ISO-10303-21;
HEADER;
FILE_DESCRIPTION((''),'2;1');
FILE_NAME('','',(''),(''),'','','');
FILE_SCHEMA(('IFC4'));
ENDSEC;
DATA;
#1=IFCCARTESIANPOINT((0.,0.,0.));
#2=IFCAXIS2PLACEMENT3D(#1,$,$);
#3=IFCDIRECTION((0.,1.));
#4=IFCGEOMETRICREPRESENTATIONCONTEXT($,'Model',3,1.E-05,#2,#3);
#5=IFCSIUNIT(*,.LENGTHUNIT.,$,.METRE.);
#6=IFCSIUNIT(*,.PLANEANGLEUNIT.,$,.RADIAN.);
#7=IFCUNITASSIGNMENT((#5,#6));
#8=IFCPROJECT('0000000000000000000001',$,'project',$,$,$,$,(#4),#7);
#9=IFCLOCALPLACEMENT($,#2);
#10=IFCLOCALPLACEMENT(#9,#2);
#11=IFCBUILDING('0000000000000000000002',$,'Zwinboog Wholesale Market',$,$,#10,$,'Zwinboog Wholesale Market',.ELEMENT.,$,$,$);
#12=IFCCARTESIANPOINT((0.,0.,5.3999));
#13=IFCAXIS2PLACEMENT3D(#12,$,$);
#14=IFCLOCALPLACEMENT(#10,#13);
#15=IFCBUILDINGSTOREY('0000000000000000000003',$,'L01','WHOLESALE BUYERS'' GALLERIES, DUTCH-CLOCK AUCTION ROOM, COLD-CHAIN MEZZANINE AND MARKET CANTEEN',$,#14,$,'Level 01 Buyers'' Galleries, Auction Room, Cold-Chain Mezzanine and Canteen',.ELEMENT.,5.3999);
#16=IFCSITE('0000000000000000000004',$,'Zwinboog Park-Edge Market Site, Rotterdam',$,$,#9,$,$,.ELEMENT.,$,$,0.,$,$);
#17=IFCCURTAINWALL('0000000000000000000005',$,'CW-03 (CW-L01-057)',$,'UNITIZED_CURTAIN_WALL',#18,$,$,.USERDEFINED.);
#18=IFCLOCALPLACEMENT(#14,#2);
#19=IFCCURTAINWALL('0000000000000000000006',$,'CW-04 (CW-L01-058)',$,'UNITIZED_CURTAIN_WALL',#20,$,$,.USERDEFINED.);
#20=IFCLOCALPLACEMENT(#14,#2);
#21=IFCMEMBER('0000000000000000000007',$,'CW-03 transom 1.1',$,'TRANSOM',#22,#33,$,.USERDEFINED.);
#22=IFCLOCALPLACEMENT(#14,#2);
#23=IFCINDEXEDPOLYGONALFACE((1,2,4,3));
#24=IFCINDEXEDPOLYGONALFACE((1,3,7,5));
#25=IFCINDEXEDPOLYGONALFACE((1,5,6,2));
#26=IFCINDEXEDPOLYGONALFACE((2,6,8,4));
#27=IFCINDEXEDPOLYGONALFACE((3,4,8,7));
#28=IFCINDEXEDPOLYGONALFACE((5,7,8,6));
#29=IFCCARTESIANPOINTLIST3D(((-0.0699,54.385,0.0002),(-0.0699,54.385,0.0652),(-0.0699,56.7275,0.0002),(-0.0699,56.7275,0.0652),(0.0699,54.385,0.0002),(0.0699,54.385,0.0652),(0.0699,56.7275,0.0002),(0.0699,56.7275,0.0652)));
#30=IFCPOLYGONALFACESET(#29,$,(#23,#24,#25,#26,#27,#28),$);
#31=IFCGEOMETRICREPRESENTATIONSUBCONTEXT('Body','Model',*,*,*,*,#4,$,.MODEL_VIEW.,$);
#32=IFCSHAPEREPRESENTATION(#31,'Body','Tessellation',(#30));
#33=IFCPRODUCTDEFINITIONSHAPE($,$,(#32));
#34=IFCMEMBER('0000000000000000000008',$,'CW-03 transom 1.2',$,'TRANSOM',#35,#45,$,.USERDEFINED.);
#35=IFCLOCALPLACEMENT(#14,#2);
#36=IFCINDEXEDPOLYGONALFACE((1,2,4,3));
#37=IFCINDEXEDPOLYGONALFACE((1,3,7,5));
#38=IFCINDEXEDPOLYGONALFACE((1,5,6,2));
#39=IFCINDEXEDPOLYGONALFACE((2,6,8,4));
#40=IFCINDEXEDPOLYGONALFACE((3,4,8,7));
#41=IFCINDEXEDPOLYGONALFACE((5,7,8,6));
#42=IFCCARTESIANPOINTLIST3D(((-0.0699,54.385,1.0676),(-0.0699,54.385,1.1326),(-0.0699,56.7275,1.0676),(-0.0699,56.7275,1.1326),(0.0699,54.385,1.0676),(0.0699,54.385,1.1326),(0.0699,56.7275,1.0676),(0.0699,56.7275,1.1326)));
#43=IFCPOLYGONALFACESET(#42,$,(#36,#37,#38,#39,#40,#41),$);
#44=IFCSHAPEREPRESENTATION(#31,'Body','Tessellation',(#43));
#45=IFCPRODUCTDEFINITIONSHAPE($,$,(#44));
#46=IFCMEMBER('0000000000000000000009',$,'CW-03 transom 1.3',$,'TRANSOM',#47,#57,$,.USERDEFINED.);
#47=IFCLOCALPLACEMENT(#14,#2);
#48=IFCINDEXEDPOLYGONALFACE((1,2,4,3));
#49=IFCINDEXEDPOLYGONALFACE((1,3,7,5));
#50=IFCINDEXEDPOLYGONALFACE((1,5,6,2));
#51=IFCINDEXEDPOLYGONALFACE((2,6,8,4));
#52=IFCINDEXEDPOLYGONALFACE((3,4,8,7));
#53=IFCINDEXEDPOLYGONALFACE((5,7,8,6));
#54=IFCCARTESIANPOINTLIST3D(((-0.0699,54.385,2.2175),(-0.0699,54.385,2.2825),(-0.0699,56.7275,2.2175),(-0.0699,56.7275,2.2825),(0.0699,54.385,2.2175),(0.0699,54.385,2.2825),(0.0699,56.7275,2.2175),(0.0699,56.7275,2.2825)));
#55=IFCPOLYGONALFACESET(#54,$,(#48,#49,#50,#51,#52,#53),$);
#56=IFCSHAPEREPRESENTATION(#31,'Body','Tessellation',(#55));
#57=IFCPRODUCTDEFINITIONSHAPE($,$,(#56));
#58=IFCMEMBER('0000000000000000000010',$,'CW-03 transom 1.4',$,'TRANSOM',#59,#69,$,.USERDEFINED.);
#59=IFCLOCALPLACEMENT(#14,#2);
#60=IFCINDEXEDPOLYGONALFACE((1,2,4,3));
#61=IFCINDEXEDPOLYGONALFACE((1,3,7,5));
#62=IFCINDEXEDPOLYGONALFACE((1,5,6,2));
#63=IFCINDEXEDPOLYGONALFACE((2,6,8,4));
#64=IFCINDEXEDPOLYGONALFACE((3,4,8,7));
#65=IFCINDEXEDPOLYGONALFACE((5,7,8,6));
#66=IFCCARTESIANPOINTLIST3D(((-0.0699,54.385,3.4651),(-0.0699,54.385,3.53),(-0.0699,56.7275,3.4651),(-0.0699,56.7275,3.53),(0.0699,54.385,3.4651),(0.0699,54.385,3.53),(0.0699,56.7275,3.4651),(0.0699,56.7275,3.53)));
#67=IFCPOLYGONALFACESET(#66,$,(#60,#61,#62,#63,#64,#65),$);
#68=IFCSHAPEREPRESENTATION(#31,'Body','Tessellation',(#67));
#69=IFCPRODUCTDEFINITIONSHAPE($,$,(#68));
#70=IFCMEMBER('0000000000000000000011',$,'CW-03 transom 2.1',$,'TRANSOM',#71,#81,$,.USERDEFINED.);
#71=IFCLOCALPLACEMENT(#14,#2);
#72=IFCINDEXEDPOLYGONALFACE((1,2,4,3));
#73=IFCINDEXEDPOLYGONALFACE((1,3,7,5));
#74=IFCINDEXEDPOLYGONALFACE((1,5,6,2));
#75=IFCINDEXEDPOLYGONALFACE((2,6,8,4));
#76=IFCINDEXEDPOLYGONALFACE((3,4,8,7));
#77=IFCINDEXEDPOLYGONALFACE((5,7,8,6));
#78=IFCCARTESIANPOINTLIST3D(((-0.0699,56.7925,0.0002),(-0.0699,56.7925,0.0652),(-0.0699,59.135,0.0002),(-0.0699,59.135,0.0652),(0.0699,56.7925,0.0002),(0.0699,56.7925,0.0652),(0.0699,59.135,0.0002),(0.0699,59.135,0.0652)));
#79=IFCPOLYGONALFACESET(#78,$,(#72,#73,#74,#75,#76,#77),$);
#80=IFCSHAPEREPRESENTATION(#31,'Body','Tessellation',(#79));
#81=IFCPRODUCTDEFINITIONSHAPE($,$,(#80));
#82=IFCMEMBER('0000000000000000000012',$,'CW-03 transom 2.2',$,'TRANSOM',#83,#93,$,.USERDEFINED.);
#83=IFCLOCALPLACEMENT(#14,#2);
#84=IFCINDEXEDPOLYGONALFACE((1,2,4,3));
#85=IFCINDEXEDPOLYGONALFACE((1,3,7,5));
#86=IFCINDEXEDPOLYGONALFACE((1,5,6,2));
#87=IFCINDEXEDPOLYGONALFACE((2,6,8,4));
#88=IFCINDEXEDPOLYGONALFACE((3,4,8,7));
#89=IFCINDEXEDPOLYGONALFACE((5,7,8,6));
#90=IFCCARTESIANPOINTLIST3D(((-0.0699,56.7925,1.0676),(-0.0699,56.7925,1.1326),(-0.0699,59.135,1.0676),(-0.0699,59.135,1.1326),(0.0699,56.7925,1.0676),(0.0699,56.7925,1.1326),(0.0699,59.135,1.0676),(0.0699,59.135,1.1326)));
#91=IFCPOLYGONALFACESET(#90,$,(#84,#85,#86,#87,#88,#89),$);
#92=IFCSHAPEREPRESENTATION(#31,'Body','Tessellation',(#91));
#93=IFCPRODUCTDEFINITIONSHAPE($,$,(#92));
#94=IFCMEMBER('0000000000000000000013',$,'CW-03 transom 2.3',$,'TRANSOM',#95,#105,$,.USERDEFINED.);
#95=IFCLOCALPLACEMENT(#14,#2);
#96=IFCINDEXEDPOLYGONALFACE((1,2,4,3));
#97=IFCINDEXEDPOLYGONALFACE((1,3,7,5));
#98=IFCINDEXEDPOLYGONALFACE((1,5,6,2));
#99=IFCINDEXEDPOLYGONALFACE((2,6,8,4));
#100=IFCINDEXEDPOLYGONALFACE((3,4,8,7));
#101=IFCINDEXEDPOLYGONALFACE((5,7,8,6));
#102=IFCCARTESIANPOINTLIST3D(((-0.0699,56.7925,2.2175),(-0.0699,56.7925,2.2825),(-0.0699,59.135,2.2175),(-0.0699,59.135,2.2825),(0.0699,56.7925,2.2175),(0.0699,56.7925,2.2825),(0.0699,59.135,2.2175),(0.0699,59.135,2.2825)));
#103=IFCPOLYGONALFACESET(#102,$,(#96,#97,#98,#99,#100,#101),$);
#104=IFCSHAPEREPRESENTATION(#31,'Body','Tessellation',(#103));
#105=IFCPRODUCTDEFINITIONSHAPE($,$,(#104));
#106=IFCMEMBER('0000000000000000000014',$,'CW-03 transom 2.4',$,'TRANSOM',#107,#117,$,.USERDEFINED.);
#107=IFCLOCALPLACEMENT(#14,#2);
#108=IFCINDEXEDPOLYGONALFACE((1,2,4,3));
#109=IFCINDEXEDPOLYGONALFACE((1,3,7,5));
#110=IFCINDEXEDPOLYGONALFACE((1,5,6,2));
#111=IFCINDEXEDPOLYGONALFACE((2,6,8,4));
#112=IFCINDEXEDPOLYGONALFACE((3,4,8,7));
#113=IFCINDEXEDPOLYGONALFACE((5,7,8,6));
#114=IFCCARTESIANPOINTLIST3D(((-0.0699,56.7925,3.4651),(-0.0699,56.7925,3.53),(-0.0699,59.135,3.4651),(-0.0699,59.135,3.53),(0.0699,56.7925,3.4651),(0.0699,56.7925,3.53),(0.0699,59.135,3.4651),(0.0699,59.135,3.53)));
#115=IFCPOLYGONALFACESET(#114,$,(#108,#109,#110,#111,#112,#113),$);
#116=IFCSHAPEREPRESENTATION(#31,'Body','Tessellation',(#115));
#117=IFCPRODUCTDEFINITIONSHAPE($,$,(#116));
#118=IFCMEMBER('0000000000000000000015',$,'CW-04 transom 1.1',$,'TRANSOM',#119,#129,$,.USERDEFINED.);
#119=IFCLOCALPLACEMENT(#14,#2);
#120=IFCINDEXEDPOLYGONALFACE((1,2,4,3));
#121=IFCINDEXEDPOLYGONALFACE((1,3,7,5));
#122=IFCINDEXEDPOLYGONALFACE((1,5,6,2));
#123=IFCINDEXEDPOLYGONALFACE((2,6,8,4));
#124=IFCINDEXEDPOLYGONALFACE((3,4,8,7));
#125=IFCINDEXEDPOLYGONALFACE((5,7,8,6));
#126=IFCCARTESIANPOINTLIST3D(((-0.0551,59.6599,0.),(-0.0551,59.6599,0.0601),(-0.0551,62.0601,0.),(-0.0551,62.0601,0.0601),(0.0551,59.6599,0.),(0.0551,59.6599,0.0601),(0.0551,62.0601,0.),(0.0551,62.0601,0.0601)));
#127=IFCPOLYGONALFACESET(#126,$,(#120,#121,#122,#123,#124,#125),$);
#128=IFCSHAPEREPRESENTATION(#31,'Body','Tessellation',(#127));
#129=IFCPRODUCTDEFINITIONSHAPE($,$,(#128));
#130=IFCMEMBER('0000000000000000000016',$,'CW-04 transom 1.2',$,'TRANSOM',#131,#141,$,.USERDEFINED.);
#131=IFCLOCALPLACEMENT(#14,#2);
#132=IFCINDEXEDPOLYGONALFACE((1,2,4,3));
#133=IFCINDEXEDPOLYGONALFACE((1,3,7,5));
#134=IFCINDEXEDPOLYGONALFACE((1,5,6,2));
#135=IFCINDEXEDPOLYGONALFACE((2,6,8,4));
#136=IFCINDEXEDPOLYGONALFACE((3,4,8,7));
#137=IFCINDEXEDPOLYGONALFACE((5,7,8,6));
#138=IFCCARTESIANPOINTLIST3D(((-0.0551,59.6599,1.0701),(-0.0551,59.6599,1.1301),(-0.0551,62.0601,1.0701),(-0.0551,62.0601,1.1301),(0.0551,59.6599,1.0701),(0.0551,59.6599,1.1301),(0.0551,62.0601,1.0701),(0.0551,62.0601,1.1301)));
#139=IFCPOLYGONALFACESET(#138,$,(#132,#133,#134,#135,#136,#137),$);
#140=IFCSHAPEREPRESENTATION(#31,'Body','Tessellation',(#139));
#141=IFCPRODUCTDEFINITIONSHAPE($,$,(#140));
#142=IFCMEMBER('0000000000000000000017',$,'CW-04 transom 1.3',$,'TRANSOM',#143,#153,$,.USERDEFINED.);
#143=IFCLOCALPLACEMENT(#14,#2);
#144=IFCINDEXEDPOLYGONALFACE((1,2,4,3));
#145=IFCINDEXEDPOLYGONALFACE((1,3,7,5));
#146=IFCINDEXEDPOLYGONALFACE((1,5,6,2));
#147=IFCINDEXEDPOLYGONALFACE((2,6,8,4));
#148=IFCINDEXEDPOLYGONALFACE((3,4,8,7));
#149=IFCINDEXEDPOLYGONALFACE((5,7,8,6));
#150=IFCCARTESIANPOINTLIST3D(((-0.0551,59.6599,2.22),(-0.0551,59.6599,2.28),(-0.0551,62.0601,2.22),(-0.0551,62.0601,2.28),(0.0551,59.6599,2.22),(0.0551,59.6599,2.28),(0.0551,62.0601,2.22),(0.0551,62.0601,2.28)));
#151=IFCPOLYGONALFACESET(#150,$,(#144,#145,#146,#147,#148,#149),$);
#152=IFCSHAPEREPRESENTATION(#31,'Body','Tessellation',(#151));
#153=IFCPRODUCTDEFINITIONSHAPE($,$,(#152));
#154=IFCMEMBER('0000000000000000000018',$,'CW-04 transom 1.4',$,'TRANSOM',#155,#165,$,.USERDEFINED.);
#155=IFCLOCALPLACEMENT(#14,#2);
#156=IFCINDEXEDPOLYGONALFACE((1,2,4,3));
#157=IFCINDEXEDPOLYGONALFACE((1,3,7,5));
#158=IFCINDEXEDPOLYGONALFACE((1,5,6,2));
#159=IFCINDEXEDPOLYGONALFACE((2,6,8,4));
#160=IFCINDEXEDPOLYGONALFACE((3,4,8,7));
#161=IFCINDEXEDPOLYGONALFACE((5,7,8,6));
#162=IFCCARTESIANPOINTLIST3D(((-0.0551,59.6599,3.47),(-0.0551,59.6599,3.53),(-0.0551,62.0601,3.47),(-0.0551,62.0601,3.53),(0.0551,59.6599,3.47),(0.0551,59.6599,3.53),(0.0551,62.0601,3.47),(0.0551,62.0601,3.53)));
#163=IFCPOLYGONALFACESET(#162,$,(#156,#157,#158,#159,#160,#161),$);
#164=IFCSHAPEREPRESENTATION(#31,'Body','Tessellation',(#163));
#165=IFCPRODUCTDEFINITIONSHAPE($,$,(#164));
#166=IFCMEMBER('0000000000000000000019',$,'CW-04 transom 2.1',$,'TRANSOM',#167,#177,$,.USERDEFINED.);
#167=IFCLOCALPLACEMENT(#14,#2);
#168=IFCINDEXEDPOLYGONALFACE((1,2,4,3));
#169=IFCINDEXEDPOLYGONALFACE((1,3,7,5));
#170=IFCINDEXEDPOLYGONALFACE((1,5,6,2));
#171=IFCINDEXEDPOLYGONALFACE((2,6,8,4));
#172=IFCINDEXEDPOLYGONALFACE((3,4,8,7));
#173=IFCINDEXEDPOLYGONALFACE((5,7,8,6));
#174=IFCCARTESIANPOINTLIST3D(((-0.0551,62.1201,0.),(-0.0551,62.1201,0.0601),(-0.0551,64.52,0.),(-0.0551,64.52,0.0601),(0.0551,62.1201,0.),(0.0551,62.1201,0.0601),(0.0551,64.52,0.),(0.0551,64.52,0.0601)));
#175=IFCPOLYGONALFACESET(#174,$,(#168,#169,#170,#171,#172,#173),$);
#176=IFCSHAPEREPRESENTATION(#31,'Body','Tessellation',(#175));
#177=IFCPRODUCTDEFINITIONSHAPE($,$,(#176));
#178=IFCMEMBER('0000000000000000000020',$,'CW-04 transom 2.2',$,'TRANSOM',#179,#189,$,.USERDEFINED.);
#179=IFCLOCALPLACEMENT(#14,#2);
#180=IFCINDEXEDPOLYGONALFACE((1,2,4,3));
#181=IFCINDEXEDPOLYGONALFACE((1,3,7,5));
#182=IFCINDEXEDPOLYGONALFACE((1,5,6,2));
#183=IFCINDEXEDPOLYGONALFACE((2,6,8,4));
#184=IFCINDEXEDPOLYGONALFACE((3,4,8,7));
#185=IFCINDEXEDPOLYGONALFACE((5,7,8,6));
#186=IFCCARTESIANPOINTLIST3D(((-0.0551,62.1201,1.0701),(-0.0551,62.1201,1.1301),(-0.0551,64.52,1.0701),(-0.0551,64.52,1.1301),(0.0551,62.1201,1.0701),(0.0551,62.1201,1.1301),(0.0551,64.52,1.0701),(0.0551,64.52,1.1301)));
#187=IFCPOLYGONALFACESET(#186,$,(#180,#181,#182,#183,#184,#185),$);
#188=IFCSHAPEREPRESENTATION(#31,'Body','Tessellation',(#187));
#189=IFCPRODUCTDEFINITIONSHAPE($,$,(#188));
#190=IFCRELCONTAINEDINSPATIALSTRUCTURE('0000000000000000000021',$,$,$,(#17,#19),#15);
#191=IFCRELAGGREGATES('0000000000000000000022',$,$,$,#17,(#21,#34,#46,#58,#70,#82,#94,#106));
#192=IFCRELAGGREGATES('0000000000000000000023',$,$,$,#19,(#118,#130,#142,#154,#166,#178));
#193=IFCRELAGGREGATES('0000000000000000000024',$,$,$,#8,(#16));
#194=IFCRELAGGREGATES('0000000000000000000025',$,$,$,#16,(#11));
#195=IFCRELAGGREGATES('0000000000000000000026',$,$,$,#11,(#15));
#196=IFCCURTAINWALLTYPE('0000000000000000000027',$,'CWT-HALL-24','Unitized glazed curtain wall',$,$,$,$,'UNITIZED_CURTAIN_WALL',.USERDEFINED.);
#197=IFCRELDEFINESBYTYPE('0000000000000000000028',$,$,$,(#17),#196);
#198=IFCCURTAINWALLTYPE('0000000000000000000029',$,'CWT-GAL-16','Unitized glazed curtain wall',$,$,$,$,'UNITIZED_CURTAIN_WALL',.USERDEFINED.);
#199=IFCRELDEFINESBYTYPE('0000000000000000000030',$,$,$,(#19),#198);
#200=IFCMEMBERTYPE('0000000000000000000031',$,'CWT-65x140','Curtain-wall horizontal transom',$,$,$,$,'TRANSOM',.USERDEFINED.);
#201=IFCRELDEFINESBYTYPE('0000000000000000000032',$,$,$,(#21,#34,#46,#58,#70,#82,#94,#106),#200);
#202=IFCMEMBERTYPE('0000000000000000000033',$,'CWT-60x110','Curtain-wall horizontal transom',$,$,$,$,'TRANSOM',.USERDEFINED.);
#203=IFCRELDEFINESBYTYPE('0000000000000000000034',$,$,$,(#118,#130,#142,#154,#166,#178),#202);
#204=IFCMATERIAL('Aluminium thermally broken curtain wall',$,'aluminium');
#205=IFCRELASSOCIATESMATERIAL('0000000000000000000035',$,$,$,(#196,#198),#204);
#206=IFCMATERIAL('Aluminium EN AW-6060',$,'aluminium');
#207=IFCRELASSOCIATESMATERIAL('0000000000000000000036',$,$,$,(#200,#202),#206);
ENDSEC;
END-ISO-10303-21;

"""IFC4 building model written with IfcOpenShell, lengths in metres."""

from ifc_helpers import new_model, si_unit, direction, frame, origin, origin_2d, place, context, subcontext, project, spatial, rectangle, extrude, material, material_profile, profile_set, type_object, element, aggregate, save


model = new_model("IFC4")

# Units and contexts
model_context = context("Model", 3, precision=1e-05, world=origin(), true_north=direction((0.0, 1.0)))
body_context = subcontext(model_context, "Body", "Model", "MODEL_VIEW")
ifc_project = project(units=[si_unit("LENGTHUNIT", "METRE"), si_unit("PLANEANGLEUNIT", "RADIAN")], contexts=[model_context])

# Site, building, storey
site_placement = place(None, origin())
site = spatial("IfcSite", under=ifc_project, at=site_placement, Name="Zwinboog Park-Edge Market Site, Rotterdam", CompositionType="ELEMENT", RefElevation=0.0)
building_placement = place(site_placement, origin())
building = spatial("IfcBuilding", under=site, at=building_placement, Name="Zwinboog Wholesale Market", LongName="Zwinboog Wholesale Market", CompositionType="ELEMENT")
storey_placement = place(building_placement, frame((0.0, 0.0, 5.3999)))
storey = spatial("IfcBuildingStorey", under=building, at=storey_placement, Name="L01", Description="WHOLESALE BUYERS' GALLERIES, DUTCH-CLOCK AUCTION ROOM, COLD-CHAIN MEZZANINE AND MARKET CANTEEN", LongName="Level 01 Buyers' Galleries, Auction Room, Cold-Chain Mezzanine and Canteen", CompositionType="ELEMENT", Elevation=5.3999)

# Curtain walls
ifc_material_1 = material(Name="Aluminium thermally broken curtain wall", Category="aluminium")
curtain_wall_type_1 = type_object("IfcCurtainWallType", Name="CWT-HALL-24", Description="Unitized glazed curtain wall", ElementType="UNITIZED_CURTAIN_WALL", PredefinedType="USERDEFINED", material=ifc_material_1)
curtain_wall_1_placement = place(storey_placement, origin())
curtain_wall_1 = element("IfcCurtainWall", 1, at=curtain_wall_1_placement, inside=storey, type_object=curtain_wall_type_1, Name="CW-03 (CW-L01-057)", ObjectType="UNITIZED_CURTAIN_WALL", PredefinedType="USERDEFINED")
ifc_material_2 = material(Name="Aluminium EN AW-6060", Category="aluminium")
curtain_wall_type_2 = type_object("IfcCurtainWallType", Name="CWT-GAL-16", Description="Unitized glazed curtain wall", ElementType="UNITIZED_CURTAIN_WALL", PredefinedType="USERDEFINED", material=ifc_material_1)
curtain_wall_2_placement = place(storey_placement, origin())
curtain_wall_2 = element("IfcCurtainWall", 2, at=curtain_wall_2_placement, inside=storey, type_object=curtain_wall_type_2, Name="CW-04 (CW-L01-058)", ObjectType="UNITIZED_CURTAIN_WALL", PredefinedType="USERDEFINED")

# Members
ifc_material_profile_1 = material_profile(ifc_material_2, rectangle(XDim=0.1399, YDim=0.0649, at=origin_2d()), Name="AL 65x140")
ifc_profile_set_1 = profile_set([ifc_material_profile_1], Name="Aluminium EN AW-6060")
member_type_1 = type_object("IfcMemberType", Name="CWT-65x140", Description="Curtain-wall horizontal transom", ElementType="TRANSOM", PredefinedType="USERDEFINED", material=ifc_profile_set_1)
member_1_placement = place(storey_placement, frame((0.0, 54.385, 0.0327), z_axis=(0.0, 1.0, 0.0), x_axis=(-1.0, 0.0, 0.0)))
member_1 = element("IfcMember", 3, at=member_1_placement, type_object=member_type_1, Name="CW-03 transom 1.1", ObjectType="TRANSOM", PredefinedType="USERDEFINED", context=body_context, shape_type="SweptSolid", body=[
    extrude(rectangle(XDim=0.1399, YDim=0.0649, at=origin_2d()), origin(), (0.0, 0.0, 1.0), 2.3425),
])
member_2_placement = place(storey_placement, frame((0.0, 54.385, 1.1001), z_axis=(0.0, 1.0, 0.0), x_axis=(-1.0, 0.0, 0.0)))
member_2 = element("IfcMember", 4, at=member_2_placement, type_object=member_type_1, Name="CW-03 transom 1.2", ObjectType="TRANSOM", PredefinedType="USERDEFINED", context=body_context, shape_type="SweptSolid", body=[
    extrude(rectangle(XDim=0.1399, YDim=0.0649, at=origin_2d()), origin(), (0.0, 0.0, 1.0), 2.3425),
])
member_3_placement = place(storey_placement, frame((0.0, 54.385, 2.25), z_axis=(0.0, 1.0, 0.0), x_axis=(-1.0, 0.0, 0.0)))
member_3 = element("IfcMember", 5, at=member_3_placement, type_object=member_type_1, Name="CW-03 transom 1.3", ObjectType="TRANSOM", PredefinedType="USERDEFINED", context=body_context, shape_type="SweptSolid", body=[
    extrude(rectangle(XDim=0.1399, YDim=0.0649, at=origin_2d()), origin(), (0.0, 0.0, 1.0), 2.3425),
])
member_4_placement = place(storey_placement, frame((0.0, 54.385, 3.4976), z_axis=(0.0, 1.0, 0.0), x_axis=(-1.0, 0.0, 0.0)))
member_4 = element("IfcMember", 6, at=member_4_placement, type_object=member_type_1, Name="CW-03 transom 1.4", ObjectType="TRANSOM", PredefinedType="USERDEFINED", context=body_context, shape_type="SweptSolid", body=[
    extrude(rectangle(XDim=0.1399, YDim=0.0649, at=origin_2d()), origin(), (0.0, 0.0, 1.0), 2.3425),
])
member_5_placement = place(storey_placement, frame((0.0, 56.7925, 0.0327), z_axis=(0.0, 1.0, 0.0), x_axis=(-1.0, 0.0, 0.0)))
member_5 = element("IfcMember", 7, at=member_5_placement, type_object=member_type_1, Name="CW-03 transom 2.1", ObjectType="TRANSOM", PredefinedType="USERDEFINED", context=body_context, shape_type="SweptSolid", body=[
    extrude(rectangle(XDim=0.1399, YDim=0.0649, at=origin_2d()), origin(), (0.0, 0.0, 1.0), 2.3425),
])
member_6_placement = place(storey_placement, frame((0.0, 56.7925, 1.1001), z_axis=(0.0, 1.0, 0.0), x_axis=(-1.0, 0.0, 0.0)))
member_6 = element("IfcMember", 8, at=member_6_placement, type_object=member_type_1, Name="CW-03 transom 2.2", ObjectType="TRANSOM", PredefinedType="USERDEFINED", context=body_context, shape_type="SweptSolid", body=[
    extrude(rectangle(XDim=0.1399, YDim=0.0649, at=origin_2d()), origin(), (0.0, 0.0, 1.0), 2.3425),
])
member_7_placement = place(storey_placement, frame((0.0, 56.7925, 2.25), z_axis=(0.0, 1.0, 0.0), x_axis=(-1.0, 0.0, 0.0)))
member_7 = element("IfcMember", 9, at=member_7_placement, type_object=member_type_1, Name="CW-03 transom 2.3", ObjectType="TRANSOM", PredefinedType="USERDEFINED", context=body_context, shape_type="SweptSolid", body=[
    extrude(rectangle(XDim=0.1399, YDim=0.0649, at=origin_2d()), origin(), (0.0, 0.0, 1.0), 2.3425),
])
member_8_placement = place(storey_placement, frame((0.0, 56.7925, 3.4976), z_axis=(0.0, 1.0, 0.0), x_axis=(-1.0, 0.0, 0.0)))
member_8 = element("IfcMember", 10, at=member_8_placement, type_object=member_type_1, Name="CW-03 transom 2.4", ObjectType="TRANSOM", PredefinedType="USERDEFINED", context=body_context, shape_type="SweptSolid", body=[
    extrude(rectangle(XDim=0.1399, YDim=0.0649, at=origin_2d()), origin(), (0.0, 0.0, 1.0), 2.3425),
])
ifc_material_profile_2 = material_profile(ifc_material_2, rectangle(XDim=0.1101, YDim=0.0601, at=origin_2d()), Name="AL 60x110")
ifc_profile_set_2 = profile_set([ifc_material_profile_2], Name="Aluminium EN AW-6060")
member_type_2 = type_object("IfcMemberType", Name="CWT-60x110", Description="Curtain-wall horizontal transom", ElementType="TRANSOM", PredefinedType="USERDEFINED", material=ifc_profile_set_2)
member_9_placement = place(storey_placement, frame((0.0, 59.6599, 0.03), z_axis=(0.0, 1.0, 0.0), x_axis=(-1.0, 0.0, 0.0)))
member_9 = element("IfcMember", 11, at=member_9_placement, type_object=member_type_2, Name="CW-04 transom 1.1", ObjectType="TRANSOM", PredefinedType="USERDEFINED", context=body_context, shape_type="SweptSolid", body=[
    extrude(rectangle(XDim=0.1101, YDim=0.0601, at=origin_2d()), origin(), (0.0, 0.0, 1.0), 2.4001),
])
member_10_placement = place(storey_placement, frame((0.0, 59.6599, 1.1001), z_axis=(0.0, 1.0, 0.0), x_axis=(-1.0, 0.0, 0.0)))
member_10 = element("IfcMember", 12, at=member_10_placement, type_object=member_type_2, Name="CW-04 transom 1.2", ObjectType="TRANSOM", PredefinedType="USERDEFINED", context=body_context, shape_type="SweptSolid", body=[
    extrude(rectangle(XDim=0.1101, YDim=0.0601, at=origin_2d()), origin(), (0.0, 0.0, 1.0), 2.4001),
])
member_11_placement = place(storey_placement, frame((0.0, 59.6599, 2.25), z_axis=(0.0, 1.0, 0.0), x_axis=(-1.0, 0.0, 0.0)))
member_11 = element("IfcMember", 13, at=member_11_placement, type_object=member_type_2, Name="CW-04 transom 1.3", ObjectType="TRANSOM", PredefinedType="USERDEFINED", context=body_context, shape_type="SweptSolid", body=[
    extrude(rectangle(XDim=0.1101, YDim=0.0601, at=origin_2d()), origin(), (0.0, 0.0, 1.0), 2.4001),
])
member_12_placement = place(storey_placement, frame((0.0, 59.6599, 3.5), z_axis=(0.0, 1.0, 0.0), x_axis=(-1.0, 0.0, 0.0)))
member_12 = element("IfcMember", 14, at=member_12_placement, type_object=member_type_2, Name="CW-04 transom 1.4", ObjectType="TRANSOM", PredefinedType="USERDEFINED", context=body_context, shape_type="SweptSolid", body=[
    extrude(rectangle(XDim=0.1101, YDim=0.0601, at=origin_2d()), origin(), (0.0, 0.0, 1.0), 2.4001),
])
member_13_placement = place(storey_placement, frame((0.0, 62.1201, 0.03), z_axis=(0.0, 1.0, 0.0), x_axis=(-1.0, 0.0, 0.0)))
member_13 = element("IfcMember", 15, at=member_13_placement, type_object=member_type_2, Name="CW-04 transom 2.1", ObjectType="TRANSOM", PredefinedType="USERDEFINED", context=body_context, shape_type="SweptSolid", body=[
    extrude(rectangle(XDim=0.1101, YDim=0.0601, at=origin_2d()), origin(), (0.0, 0.0, 1.0), 2.3999),
])
member_14_placement = place(storey_placement, frame((0.0, 62.1201, 1.1001), z_axis=(0.0, 1.0, 0.0), x_axis=(-1.0, 0.0, 0.0)))
member_14 = element("IfcMember", 16, at=member_14_placement, type_object=member_type_2, Name="CW-04 transom 2.2", ObjectType="TRANSOM", PredefinedType="USERDEFINED", context=body_context, shape_type="SweptSolid", body=[
    extrude(rectangle(XDim=0.1101, YDim=0.0601, at=origin_2d()), origin(), (0.0, 0.0, 1.0), 2.3999),
])

aggregate(curtain_wall_1, [member_1, member_2, member_3, member_4, member_5, member_6, member_7, member_8])
aggregate(curtain_wall_2, [member_9, member_10, member_11, member_12, member_13, member_14])

save(model, "model.ifc")
